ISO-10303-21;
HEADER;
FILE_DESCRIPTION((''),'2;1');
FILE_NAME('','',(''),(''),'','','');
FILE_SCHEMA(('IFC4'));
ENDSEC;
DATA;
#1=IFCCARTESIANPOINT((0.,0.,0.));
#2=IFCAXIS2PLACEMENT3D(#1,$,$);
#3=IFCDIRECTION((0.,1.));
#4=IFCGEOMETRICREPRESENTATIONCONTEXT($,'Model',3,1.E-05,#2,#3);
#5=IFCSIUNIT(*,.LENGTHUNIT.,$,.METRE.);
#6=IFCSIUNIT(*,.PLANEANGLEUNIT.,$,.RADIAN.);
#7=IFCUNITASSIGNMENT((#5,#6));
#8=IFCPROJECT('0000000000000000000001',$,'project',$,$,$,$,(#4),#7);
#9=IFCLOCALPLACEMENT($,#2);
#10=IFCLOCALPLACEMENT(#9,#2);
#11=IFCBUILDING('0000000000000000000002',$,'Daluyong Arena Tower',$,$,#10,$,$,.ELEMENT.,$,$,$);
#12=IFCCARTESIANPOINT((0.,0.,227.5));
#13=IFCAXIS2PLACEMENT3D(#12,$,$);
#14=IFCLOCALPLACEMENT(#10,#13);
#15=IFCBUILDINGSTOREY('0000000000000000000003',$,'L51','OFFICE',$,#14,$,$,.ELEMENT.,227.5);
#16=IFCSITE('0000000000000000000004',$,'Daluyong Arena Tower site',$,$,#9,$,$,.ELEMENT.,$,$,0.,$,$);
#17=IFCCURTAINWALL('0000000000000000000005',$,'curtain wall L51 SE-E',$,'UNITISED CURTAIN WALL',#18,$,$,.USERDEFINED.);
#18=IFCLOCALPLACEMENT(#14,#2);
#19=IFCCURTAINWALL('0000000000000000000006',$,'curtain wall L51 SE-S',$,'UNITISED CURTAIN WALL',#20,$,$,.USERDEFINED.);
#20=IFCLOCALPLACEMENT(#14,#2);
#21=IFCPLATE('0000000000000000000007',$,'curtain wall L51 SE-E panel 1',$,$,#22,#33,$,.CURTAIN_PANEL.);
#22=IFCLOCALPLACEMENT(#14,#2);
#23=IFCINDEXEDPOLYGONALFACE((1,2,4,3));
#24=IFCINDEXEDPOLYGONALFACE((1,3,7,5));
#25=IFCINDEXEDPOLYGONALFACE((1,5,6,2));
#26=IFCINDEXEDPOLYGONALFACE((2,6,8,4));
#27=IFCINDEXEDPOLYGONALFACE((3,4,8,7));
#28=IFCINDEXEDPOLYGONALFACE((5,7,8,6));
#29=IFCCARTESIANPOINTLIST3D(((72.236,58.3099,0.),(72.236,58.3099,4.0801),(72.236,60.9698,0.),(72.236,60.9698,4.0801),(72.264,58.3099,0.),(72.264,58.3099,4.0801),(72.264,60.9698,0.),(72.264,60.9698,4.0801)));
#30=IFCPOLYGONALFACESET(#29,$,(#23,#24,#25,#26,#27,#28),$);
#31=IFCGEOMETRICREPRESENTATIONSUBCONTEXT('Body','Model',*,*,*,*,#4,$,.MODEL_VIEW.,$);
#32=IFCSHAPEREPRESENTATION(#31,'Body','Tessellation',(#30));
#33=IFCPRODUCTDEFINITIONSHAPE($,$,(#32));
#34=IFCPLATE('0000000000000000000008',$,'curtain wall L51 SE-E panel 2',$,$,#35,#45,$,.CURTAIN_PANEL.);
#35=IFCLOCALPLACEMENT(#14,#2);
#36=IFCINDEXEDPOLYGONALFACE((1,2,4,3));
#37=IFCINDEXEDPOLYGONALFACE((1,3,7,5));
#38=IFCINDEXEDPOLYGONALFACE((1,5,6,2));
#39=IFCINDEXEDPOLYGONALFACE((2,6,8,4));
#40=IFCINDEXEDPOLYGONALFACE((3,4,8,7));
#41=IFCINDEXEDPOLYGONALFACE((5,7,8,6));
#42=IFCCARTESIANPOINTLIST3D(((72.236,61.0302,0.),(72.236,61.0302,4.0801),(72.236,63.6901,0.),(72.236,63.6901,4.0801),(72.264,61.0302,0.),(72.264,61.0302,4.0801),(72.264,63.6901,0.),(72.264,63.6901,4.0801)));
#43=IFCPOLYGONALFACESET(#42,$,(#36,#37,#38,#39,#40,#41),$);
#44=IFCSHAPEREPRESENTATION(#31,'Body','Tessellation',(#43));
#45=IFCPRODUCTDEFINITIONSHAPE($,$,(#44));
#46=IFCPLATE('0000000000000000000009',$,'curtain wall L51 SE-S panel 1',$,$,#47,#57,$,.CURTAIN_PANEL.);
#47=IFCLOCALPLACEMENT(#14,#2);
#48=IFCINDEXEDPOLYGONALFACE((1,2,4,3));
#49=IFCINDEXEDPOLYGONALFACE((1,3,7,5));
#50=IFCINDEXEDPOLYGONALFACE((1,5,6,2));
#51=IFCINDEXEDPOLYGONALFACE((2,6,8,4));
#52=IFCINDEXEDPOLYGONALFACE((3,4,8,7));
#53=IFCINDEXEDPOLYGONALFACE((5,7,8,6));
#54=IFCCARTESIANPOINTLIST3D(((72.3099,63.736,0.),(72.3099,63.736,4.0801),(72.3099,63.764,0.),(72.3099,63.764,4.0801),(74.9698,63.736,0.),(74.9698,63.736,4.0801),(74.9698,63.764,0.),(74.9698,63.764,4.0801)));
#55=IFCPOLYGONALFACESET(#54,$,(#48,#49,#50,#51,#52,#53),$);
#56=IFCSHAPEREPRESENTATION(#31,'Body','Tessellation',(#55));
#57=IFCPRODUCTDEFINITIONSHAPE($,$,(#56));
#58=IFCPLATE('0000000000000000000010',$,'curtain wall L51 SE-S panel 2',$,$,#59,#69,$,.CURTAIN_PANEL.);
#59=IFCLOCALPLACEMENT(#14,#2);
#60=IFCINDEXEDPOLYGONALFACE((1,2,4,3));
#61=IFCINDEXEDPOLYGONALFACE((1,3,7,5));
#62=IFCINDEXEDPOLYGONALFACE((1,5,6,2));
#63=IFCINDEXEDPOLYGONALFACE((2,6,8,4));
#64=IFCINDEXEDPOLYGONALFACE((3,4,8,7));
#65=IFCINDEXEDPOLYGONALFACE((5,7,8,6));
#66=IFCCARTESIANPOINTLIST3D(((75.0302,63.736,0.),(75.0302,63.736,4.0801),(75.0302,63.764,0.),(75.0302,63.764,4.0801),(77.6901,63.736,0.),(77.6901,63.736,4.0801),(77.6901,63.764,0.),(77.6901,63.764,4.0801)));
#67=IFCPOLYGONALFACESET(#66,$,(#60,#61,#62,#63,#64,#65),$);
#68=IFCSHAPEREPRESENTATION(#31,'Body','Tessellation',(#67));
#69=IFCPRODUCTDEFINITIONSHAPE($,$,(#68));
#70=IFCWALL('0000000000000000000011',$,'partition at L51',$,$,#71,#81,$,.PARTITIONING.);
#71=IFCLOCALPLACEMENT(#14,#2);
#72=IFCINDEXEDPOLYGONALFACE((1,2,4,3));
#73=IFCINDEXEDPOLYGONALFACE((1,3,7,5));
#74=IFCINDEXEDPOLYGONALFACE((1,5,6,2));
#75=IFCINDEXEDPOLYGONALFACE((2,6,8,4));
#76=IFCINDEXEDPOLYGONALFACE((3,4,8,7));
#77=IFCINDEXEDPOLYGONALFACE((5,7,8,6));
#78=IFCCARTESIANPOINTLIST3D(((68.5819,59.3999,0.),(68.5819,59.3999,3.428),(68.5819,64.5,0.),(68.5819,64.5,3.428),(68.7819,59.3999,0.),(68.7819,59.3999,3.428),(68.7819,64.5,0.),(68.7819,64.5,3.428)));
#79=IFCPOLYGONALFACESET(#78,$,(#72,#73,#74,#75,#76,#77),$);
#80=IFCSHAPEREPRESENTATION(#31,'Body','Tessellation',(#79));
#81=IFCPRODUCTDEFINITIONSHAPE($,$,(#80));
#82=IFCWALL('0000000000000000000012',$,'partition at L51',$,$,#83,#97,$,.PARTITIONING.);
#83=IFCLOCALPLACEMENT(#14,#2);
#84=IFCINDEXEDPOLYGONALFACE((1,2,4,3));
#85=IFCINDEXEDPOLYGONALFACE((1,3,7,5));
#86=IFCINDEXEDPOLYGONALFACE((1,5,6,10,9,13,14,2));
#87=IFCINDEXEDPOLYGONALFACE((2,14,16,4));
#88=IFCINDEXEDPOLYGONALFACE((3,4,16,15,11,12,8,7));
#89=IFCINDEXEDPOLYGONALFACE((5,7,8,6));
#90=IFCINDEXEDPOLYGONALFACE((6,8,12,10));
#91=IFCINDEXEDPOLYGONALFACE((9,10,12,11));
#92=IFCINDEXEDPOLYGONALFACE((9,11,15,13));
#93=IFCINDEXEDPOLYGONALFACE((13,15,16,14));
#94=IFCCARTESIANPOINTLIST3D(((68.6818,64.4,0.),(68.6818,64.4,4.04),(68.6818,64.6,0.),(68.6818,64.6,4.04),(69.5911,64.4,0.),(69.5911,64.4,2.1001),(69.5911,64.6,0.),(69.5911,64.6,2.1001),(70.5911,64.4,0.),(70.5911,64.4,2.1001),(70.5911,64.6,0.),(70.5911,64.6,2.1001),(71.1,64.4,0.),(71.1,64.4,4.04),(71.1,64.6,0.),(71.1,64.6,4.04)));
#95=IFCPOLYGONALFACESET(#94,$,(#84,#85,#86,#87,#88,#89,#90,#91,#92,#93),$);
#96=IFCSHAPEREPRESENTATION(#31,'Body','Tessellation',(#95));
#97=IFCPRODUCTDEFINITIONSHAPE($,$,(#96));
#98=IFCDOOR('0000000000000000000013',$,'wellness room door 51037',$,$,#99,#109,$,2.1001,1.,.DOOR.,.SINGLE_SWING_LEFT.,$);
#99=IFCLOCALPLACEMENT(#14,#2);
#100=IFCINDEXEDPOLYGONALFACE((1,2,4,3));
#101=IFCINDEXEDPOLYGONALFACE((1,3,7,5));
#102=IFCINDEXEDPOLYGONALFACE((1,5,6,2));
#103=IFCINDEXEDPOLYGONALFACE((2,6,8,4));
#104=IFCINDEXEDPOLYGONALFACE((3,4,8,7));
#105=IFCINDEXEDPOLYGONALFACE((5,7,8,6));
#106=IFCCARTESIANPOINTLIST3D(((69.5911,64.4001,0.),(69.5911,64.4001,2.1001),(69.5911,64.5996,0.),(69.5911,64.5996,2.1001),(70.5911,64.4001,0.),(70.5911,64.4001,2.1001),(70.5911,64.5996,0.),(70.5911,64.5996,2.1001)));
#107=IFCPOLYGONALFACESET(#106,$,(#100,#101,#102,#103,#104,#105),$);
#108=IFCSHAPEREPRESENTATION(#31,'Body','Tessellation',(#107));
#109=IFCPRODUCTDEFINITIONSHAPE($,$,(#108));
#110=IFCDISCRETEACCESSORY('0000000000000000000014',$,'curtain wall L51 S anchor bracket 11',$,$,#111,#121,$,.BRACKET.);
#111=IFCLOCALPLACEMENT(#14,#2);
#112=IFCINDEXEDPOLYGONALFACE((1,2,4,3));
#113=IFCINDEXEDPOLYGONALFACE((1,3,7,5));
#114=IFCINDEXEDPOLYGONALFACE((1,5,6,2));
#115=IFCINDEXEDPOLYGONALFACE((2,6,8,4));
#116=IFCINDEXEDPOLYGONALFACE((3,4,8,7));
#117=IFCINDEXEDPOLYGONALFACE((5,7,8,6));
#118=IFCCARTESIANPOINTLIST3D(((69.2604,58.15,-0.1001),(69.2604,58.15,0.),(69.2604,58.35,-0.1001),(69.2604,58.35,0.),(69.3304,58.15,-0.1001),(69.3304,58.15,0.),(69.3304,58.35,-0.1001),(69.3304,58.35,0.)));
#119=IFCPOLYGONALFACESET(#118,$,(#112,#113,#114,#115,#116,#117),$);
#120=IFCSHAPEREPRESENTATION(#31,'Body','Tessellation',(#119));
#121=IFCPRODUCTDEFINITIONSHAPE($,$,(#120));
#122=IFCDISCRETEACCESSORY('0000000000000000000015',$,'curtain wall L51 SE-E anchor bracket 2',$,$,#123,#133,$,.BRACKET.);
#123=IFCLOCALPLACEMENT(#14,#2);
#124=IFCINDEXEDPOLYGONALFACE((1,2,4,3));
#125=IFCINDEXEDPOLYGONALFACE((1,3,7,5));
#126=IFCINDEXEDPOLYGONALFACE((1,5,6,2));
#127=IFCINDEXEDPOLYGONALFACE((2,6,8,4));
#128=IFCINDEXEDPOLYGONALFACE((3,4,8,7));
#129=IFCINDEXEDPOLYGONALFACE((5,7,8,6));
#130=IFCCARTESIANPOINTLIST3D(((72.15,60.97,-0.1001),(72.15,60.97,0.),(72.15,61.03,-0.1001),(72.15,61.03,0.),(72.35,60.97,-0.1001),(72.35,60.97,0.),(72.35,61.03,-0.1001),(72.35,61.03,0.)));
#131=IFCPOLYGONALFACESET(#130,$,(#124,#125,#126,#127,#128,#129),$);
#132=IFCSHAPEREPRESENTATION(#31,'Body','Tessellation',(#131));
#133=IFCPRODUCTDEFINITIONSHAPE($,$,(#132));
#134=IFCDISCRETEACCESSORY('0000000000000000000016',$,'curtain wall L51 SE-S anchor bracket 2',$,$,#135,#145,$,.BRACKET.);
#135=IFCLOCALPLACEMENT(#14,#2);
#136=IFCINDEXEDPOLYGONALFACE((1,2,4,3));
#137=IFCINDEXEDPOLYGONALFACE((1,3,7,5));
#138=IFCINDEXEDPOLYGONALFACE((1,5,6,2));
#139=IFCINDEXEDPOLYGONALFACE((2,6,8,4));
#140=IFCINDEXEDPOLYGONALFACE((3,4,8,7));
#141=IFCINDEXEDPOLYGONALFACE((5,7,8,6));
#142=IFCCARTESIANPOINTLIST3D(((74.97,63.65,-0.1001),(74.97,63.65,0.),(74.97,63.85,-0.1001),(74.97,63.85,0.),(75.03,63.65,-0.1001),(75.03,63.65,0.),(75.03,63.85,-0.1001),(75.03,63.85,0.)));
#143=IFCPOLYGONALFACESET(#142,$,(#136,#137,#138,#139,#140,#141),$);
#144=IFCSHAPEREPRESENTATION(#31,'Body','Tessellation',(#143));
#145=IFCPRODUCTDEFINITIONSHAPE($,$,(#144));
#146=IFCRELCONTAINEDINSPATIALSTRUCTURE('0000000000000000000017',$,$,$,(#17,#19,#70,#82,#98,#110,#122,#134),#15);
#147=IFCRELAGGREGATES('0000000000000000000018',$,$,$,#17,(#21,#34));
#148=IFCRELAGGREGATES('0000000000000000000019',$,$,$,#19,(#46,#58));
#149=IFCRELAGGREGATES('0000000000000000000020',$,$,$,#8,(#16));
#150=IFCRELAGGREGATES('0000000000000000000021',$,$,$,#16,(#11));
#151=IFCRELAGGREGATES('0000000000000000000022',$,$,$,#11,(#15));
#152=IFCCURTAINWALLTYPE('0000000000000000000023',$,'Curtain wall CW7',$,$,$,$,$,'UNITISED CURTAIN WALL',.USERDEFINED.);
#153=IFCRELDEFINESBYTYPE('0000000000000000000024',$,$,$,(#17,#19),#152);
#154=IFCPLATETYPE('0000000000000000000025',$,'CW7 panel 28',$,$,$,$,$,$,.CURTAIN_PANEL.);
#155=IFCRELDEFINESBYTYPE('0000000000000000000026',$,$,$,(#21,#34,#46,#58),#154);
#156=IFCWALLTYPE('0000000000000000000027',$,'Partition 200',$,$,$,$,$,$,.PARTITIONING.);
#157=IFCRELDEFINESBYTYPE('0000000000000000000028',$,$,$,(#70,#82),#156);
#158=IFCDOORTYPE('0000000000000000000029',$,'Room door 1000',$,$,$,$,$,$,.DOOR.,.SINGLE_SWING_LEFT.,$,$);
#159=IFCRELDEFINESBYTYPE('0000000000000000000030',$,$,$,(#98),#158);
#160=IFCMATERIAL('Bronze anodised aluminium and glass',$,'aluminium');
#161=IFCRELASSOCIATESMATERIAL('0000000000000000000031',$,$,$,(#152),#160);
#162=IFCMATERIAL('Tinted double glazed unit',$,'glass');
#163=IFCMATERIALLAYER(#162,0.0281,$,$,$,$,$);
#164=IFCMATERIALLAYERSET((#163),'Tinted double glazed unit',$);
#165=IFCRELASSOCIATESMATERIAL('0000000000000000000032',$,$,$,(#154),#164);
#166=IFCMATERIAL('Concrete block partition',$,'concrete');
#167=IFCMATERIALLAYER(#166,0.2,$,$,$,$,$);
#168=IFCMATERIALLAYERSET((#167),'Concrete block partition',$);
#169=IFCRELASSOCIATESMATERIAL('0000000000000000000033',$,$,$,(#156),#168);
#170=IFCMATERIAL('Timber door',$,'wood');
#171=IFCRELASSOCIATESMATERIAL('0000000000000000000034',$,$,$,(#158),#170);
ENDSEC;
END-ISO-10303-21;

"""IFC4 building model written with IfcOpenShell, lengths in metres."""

from ifc_helpers import new_model, si_unit, direction, frame, frame_2d, origin, origin_2d, place, context, subcontext, project, spatial, rectangle, extrude, material, layer, layer_set, type_object, element, fill, aggregate, save


model = new_model("IFC4")

# Units and contexts
model_context = context("Model", 3, precision=1e-05, world=origin(), true_north=direction((0.0, 1.0)))
body_context = subcontext(model_context, "Body", "Model", "MODEL_VIEW")
ifc_project = project(units=[si_unit("LENGTHUNIT", "METRE"), si_unit("PLANEANGLEUNIT", "RADIAN")], contexts=[model_context])

# Site, building, storey
site_placement = place(None, origin())
site = spatial("IfcSite", under=ifc_project, at=site_placement, Name="Daluyong Arena Tower site", CompositionType="ELEMENT", RefElevation=0.0)
building_placement = place(site_placement, origin())
building = spatial("IfcBuilding", under=site, at=building_placement, Name="Daluyong Arena Tower", CompositionType="ELEMENT")
storey_placement = place(building_placement, frame((0.0, 0.0, 227.5)))
storey = spatial("IfcBuildingStorey", under=building, at=storey_placement, Name="L51", Description="OFFICE", CompositionType="ELEMENT", Elevation=227.5)

# Curtain walls
ifc_material_1 = material(Name="Bronze anodised aluminium and glass", Category="aluminium")
curtain_wall_type_1 = type_object("IfcCurtainWallType", Name="Curtain wall CW7", ElementType="UNITISED CURTAIN WALL", PredefinedType="USERDEFINED", material=ifc_material_1)
curtain_wall_1_placement = place(storey_placement, origin())
curtain_wall_1 = element("IfcCurtainWall", 1, at=curtain_wall_1_placement, inside=storey, type_object=curtain_wall_type_1, Name="curtain wall L51 SE-E", ObjectType="UNITISED CURTAIN WALL", PredefinedType="USERDEFINED")
curtain_wall_2_placement = place(storey_placement, origin())
curtain_wall_2 = element("IfcCurtainWall", 2, at=curtain_wall_2_placement, inside=storey, type_object=curtain_wall_type_1, Name="curtain wall L51 SE-S", ObjectType="UNITISED CURTAIN WALL", PredefinedType="USERDEFINED")

# Plates
ifc_material_2 = material(Name="Tinted double glazed unit", Category="glass")
ifc_layer_1 = layer(ifc_material_2, 0.0281)
ifc_layer_set_1 = layer_set([ifc_layer_1], Name="Tinted double glazed unit")
plate_type_1 = type_object("IfcPlateType", Name="CW7 panel 28", PredefinedType="CURTAIN_PANEL", material=ifc_layer_set_1)
plate_1_placement = place(storey_placement, frame((72.25, 59.6399, 0.0), z_axis=(0.0, 0.0, 1.0), x_axis=(0.0, 1.0, 0.0)))
plate_1 = element("IfcPlate", 3, at=plate_1_placement, type_object=plate_type_1, Name="curtain wall L51 SE-E panel 1", PredefinedType="CURTAIN_PANEL", context=body_context, shape_type="SweptSolid", body=[
    extrude(rectangle(XDim=2.6599, YDim=0.0281, at=origin_2d()), origin(), (0.0, 0.0, 1.0), 4.0801),
])
plate_2_placement = place(storey_placement, frame((72.25, 62.3601, 0.0), z_axis=(0.0, 0.0, 1.0), x_axis=(0.0, 1.0, 0.0)))
plate_2 = element("IfcPlate", 4, at=plate_2_placement, type_object=plate_type_1, Name="curtain wall L51 SE-E panel 2", PredefinedType="CURTAIN_PANEL", context=body_context, shape_type="SweptSolid", body=[
    extrude(rectangle(XDim=2.6599, YDim=0.0281, at=origin_2d()), origin(), (0.0, 0.0, 1.0), 4.0801),
])
aggregate(curtain_wall_1, [plate_1, plate_2])
plate_3_placement = place(storey_placement, frame((73.6399, 63.75, 0.0), z_axis=(0.0, 0.0, 1.0), x_axis=(1.0, 0.0, 0.0)))
plate_3 = element("IfcPlate", 5, at=plate_3_placement, type_object=plate_type_1, Name="curtain wall L51 SE-S panel 1", PredefinedType="CURTAIN_PANEL", context=body_context, shape_type="SweptSolid", body=[
    extrude(rectangle(XDim=2.6599, YDim=0.0281, at=origin_2d()), origin(), (0.0, 0.0, 1.0), 4.0801),
])
plate_4_placement = place(storey_placement, frame((76.3601, 63.75, 0.0), z_axis=(0.0, 0.0, 1.0), x_axis=(1.0, 0.0, 0.0)))
plate_4 = element("IfcPlate", 6, at=plate_4_placement, type_object=plate_type_1, Name="curtain wall L51 SE-S panel 2", PredefinedType="CURTAIN_PANEL", context=body_context, shape_type="SweptSolid", body=[
    extrude(rectangle(XDim=2.6599, YDim=0.0281, at=origin_2d()), origin(), (0.0, 0.0, 1.0), 4.0801),
])
aggregate(curtain_wall_2, [plate_3, plate_4])

# Wall
ifc_material_3 = material(Name="Concrete block partition", Category="concrete")
ifc_layer_2 = layer(ifc_material_3, 0.2)
ifc_layer_set_2 = layer_set([ifc_layer_2], Name="Concrete block partition")
wall_type = type_object("IfcWallType", Name="Partition 200", PredefinedType="PARTITIONING", material=ifc_layer_set_2)
wall_1_placement = place(storey_placement, frame((68.6819, 59.3999, 0.0), z_axis=(0.0, 0.0, 1.0), x_axis=(0.0, 1.0, 0.0)))
element("IfcWall", 7, at=wall_1_placement, inside=storey, type_object=wall_type, Name="partition at L51", PredefinedType="PARTITIONING", context=body_context, shape_type="SweptSolid", body=[
    extrude(rectangle(XDim=5.1001, YDim=0.2, at=frame_2d((2.55, 0.0))), origin(), (0.0, 0.0, 1.0), 3.428),
])

# Wall, opening, door
wall_2_placement = place(storey_placement, frame((68.6819, 64.5, 0.0), z_axis=(0.0, 0.0, 1.0), x_axis=(1.0, 0.0, 0.0)))
wall_2 = element("IfcWall", 8, at=wall_2_placement, inside=storey, type_object=wall_type, Name="partition at L51", PredefinedType="PARTITIONING", context=body_context, shape_type="SweptSolid", body=[
    extrude(rectangle(XDim=2.4182, YDim=0.2, at=frame_2d((1.209, 0.0))), origin(), (0.0, 0.0, 1.0), 4.04),
])
opening_placement = place(wall_2_placement, frame((0.9092, 0.0, 0.0)))
opening = element("IfcOpeningElement", 9, at=opening_placement, cuts=wall_2, PredefinedType="OPENING", context=body_context, shape_type="SweptSolid", body=[
    extrude(rectangle(XDim=1.0, YDim=2.1001, at=frame_2d((0.5, 1.05))), frame((0.0, 0.1099, 0.0), z_axis=(0.0, -1.0, 0.0), x_axis=(1.0, 0.0, 0.0)), (0.0, 0.0, 1.0), 0.22),
])
ifc_material_4 = material(Name="Timber door", Category="wood")
door_type = type_object("IfcDoorType", Name="Room door 1000", OperationType="SINGLE_SWING_LEFT", PredefinedType="DOOR", material=ifc_material_4)
door_placement = place(opening_placement, origin())
door = element("IfcDoor", 10, at=door_placement, inside=storey, type_object=door_type, Name="wellness room door 51037", OperationType="SINGLE_SWING_LEFT", OverallHeight=2.1001, OverallWidth=1.0, PredefinedType="DOOR", context=body_context, shape_type="SweptSolid", body=[
    extrude(rectangle(XDim=1.0, YDim=2.1001, at=frame_2d((0.5, 1.05))), frame((0.0, 0.0996, 0.0), z_axis=(0.0, -1.0, 0.0), x_axis=(1.0, 0.0, 0.0)), (0.0, 0.0, 1.0), 0.1995),
])
fill(opening, door)

# Discrete accessories
discrete_accessory_placement = place(storey_placement, frame((69.2954, 58.25, -0.1001), z_axis=(0.0, 0.0, 1.0), x_axis=(1.0, 0.0, 0.0)))
element("IfcDiscreteAccessory", 11, at=discrete_accessory_placement, inside=storey, Name="curtain wall L51 S anchor bracket 11", PredefinedType="BRACKET", context=body_context, shape_type="SweptSolid", body=[
    extrude(rectangle(XDim=0.0701, YDim=0.2, at=origin_2d()), origin(), (0.0, 0.0, 1.0), 0.1001),
])
for number, where, z_axis, x_axis, name in (
    (12, (72.25, 61.0, -0.1001), (0.0, 0.0, 1.0), (0.0, 1.0, 0.0), "curtain wall L51 SE-E anchor bracket 2"),
    (13, (75.0, 63.75, -0.1001), (0.0, 0.0, 1.0), (1.0, 0.0, 0.0), "curtain wall L51 SE-S anchor bracket 2"),
):
    element("IfcDiscreteAccessory", number, at=place(storey_placement, frame(where, z_axis=z_axis, x_axis=x_axis)), inside=storey, Name=name, PredefinedType="BRACKET", context=body_context, shape_type="SweptSolid", body=[
        extrude(rectangle(XDim=0.0601, YDim=0.2, at=origin_2d()), origin(), (0.0, 0.0, 1.0), 0.1001),
    ])

save(model, "model.ifc")
